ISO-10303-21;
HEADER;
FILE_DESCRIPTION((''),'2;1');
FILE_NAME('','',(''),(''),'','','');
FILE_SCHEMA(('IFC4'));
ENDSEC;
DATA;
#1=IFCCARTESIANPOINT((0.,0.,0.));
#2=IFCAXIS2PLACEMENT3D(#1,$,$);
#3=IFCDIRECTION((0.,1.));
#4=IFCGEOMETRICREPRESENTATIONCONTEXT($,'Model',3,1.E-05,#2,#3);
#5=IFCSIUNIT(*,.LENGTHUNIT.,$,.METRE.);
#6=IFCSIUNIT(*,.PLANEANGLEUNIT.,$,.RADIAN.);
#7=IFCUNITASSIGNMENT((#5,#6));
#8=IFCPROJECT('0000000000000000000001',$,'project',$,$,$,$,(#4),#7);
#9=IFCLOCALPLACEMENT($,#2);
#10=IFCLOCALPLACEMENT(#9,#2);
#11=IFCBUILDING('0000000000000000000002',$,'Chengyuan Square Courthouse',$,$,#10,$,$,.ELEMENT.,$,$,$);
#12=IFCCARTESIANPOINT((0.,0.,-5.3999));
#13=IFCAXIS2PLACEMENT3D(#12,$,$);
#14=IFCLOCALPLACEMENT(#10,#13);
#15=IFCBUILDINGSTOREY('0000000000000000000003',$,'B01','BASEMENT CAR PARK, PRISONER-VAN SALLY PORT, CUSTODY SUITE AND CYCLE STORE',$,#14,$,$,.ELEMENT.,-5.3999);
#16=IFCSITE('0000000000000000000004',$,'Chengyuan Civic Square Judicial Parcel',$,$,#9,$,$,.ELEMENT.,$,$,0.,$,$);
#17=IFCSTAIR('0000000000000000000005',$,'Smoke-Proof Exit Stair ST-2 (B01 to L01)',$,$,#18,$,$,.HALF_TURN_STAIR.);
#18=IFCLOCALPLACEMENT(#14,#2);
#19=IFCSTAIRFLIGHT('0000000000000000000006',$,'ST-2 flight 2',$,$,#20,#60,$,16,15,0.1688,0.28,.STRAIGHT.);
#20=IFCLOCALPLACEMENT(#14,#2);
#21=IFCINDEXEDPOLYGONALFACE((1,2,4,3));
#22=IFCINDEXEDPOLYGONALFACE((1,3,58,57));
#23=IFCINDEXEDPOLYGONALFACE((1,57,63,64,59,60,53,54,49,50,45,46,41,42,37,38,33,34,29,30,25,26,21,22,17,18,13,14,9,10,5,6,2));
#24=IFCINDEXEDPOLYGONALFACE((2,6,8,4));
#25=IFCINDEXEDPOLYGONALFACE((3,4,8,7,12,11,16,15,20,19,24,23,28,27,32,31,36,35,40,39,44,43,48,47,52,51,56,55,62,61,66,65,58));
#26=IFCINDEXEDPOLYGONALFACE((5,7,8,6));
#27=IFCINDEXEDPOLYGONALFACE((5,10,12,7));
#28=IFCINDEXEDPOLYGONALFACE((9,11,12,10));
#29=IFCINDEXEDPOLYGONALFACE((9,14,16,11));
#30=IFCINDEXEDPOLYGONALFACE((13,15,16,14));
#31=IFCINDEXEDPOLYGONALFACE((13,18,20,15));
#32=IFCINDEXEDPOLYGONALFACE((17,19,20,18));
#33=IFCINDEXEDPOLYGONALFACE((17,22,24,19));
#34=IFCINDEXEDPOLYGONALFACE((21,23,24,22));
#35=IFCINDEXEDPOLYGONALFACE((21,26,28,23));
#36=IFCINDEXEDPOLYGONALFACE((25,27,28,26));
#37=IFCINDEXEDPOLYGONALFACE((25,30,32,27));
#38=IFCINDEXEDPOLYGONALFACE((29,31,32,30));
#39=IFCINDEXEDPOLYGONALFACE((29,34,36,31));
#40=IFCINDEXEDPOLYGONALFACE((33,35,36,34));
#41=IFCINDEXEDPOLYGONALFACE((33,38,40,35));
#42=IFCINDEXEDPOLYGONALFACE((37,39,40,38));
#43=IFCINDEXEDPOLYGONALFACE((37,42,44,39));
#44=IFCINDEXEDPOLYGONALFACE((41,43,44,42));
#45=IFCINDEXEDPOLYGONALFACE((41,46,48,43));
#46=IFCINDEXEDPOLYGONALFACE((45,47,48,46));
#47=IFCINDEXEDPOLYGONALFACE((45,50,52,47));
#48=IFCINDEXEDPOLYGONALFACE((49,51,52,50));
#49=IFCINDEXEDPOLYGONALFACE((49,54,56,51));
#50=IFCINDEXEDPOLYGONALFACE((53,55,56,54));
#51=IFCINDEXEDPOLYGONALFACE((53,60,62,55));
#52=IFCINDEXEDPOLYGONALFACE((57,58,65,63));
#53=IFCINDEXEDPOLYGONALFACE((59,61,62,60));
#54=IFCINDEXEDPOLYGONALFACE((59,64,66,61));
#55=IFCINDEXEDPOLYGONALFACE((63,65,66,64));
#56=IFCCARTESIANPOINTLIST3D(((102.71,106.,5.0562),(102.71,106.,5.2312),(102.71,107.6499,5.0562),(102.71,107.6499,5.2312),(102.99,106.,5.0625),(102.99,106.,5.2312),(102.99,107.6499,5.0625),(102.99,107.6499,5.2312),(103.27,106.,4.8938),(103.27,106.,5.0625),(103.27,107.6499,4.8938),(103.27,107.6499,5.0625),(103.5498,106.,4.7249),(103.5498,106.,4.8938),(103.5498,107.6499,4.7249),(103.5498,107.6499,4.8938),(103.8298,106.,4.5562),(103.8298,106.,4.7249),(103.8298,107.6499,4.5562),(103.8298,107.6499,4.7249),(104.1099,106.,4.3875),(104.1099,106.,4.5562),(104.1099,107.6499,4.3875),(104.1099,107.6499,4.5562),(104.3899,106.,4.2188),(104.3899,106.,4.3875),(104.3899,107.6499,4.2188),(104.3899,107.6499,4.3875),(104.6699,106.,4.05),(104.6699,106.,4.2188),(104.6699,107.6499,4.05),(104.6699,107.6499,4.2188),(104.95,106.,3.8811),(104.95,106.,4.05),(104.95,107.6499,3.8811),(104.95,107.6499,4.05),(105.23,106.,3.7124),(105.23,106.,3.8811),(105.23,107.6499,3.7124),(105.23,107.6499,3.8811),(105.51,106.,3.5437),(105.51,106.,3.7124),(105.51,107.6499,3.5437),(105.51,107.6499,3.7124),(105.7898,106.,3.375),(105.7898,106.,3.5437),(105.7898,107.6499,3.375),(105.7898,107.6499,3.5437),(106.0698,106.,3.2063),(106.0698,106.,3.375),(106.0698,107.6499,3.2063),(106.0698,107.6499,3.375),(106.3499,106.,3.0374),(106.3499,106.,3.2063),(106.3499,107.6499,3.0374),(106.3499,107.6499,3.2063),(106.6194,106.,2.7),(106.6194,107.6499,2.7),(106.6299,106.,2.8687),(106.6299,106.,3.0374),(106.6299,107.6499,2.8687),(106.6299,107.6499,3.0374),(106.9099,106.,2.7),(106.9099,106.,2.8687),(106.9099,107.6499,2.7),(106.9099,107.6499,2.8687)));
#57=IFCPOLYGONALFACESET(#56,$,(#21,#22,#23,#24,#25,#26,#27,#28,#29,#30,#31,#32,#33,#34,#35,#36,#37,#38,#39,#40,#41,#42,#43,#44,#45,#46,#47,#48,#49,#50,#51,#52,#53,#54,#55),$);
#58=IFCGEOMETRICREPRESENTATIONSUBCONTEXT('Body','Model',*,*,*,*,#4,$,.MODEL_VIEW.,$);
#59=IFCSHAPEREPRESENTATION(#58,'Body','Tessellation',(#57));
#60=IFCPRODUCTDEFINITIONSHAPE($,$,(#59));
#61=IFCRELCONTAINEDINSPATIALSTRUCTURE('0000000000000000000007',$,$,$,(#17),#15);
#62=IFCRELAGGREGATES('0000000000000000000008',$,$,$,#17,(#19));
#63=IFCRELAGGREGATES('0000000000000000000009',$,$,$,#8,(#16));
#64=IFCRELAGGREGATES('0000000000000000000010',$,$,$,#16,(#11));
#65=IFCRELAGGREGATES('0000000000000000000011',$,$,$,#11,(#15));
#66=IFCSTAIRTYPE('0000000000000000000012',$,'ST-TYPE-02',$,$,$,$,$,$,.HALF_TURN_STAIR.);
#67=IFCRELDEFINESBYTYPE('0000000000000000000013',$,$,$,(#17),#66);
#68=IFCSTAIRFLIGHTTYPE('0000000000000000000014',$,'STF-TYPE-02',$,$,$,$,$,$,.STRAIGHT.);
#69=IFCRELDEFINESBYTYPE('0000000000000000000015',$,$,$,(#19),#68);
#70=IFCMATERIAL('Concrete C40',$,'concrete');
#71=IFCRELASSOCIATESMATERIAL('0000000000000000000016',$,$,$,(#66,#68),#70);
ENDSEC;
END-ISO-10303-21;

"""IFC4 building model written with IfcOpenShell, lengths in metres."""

from ifc_helpers import new_model, si_unit, direction, frame, origin, place, context, subcontext, project, spatial, polyline, outline, extrude, material, type_object, element, aggregate, save


model = new_model("IFC4")

# Units and contexts
model_context = context("Model", 3, precision=1e-05, world=origin(), true_north=direction((0.0, 1.0)))
body_context = subcontext(model_context, "Body", "Model", "MODEL_VIEW")
ifc_project = project(units=[si_unit("LENGTHUNIT", "METRE"), si_unit("PLANEANGLEUNIT", "RADIAN")], contexts=[model_context])

# Site, building, storey
site_placement = place(None, origin())
site = spatial("IfcSite", under=ifc_project, at=site_placement, Name="Chengyuan Civic Square Judicial Parcel", CompositionType="ELEMENT", RefElevation=0.0)
building_placement = place(site_placement, origin())
building = spatial("IfcBuilding", under=site, at=building_placement, Name="Chengyuan Square Courthouse", CompositionType="ELEMENT")
storey_placement = place(building_placement, frame((0.0, 0.0, -5.3999)))
storey = spatial("IfcBuildingStorey", under=building, at=storey_placement, Name="B01", Description="BASEMENT CAR PARK, PRISONER-VAN SALLY PORT, CUSTODY SUITE AND CYCLE STORE", CompositionType="ELEMENT", Elevation=-5.3999)

# Shared definitions
ifc_material_1 = material(Name="Concrete C40", Category="concrete")

# Stair, stair flight
stair_type = type_object("IfcStairType", Name="ST-TYPE-02", PredefinedType="HALF_TURN_STAIR", material=ifc_material_1)
stair_placement = place(storey_placement, origin())
stair = element("IfcStair", 1, at=stair_placement, inside=storey, type_object=stair_type, Name="Smoke-Proof Exit Stair ST-2 (B01 to L01)", PredefinedType="HALF_TURN_STAIR")
stair_flight_type = type_object("IfcStairFlightType", Name="STF-TYPE-02", PredefinedType="STRAIGHT", material=ifc_material_1)
stair_flight_placement = place(storey_placement, frame((106.9099, 106.825, 2.7), z_axis=(0.0, 0.0, 1.0), x_axis=(-1.0, 0.0, 0.0)))
stair_flight = element("IfcStairFlight", 2, at=stair_flight_placement, type_object=stair_flight_type, Name="ST-2 flight 2", NumberOfRisers=16, NumberOfTreads=15, PredefinedType="STRAIGHT", RiserHeight=0.1688, TreadLength=0.28, context=body_context, shape_type="SweptSolid", body=[
    extrude(outline(polyline([(0.0, 0.0), (0.0, 0.1687), (0.28, 0.1687), (0.28, 0.3374), (0.5601, 0.3374), (0.5601, 0.5063), (0.8401, 0.5063), (0.8401, 0.675), (1.1201, 0.675), (1.1201, 0.8438), (1.3999, 0.8438), (1.3999, 1.0125), (1.6799, 1.0125), (1.6799, 1.1812), (1.96, 1.1812), (1.96, 1.3501), (2.24, 1.3501), (2.24, 1.5188), (2.52, 1.5188), (2.52, 1.6875), (2.8, 1.6875), (2.8, 1.8562), (3.0801, 1.8562), (3.0801, 2.0249), (3.3601, 2.0249), (3.3601, 2.1938), (3.6399, 2.1938), (3.6399, 2.3625), (3.9199, 2.3625), (3.9199, 2.5312), (4.2, 2.5312), (4.2, 2.7), (4.2, 2.3562), (0.2905, 0.0), (0.0, 0.0)])), frame((0.0, 0.825, 0.0), z_axis=(0.0, -1.0, 0.0), x_axis=(1.0, 0.0, 0.0)), (0.0, 0.0, 1.0), 1.6499),
])
aggregate(stair, [stair_flight])

save(model, "model.ifc")
